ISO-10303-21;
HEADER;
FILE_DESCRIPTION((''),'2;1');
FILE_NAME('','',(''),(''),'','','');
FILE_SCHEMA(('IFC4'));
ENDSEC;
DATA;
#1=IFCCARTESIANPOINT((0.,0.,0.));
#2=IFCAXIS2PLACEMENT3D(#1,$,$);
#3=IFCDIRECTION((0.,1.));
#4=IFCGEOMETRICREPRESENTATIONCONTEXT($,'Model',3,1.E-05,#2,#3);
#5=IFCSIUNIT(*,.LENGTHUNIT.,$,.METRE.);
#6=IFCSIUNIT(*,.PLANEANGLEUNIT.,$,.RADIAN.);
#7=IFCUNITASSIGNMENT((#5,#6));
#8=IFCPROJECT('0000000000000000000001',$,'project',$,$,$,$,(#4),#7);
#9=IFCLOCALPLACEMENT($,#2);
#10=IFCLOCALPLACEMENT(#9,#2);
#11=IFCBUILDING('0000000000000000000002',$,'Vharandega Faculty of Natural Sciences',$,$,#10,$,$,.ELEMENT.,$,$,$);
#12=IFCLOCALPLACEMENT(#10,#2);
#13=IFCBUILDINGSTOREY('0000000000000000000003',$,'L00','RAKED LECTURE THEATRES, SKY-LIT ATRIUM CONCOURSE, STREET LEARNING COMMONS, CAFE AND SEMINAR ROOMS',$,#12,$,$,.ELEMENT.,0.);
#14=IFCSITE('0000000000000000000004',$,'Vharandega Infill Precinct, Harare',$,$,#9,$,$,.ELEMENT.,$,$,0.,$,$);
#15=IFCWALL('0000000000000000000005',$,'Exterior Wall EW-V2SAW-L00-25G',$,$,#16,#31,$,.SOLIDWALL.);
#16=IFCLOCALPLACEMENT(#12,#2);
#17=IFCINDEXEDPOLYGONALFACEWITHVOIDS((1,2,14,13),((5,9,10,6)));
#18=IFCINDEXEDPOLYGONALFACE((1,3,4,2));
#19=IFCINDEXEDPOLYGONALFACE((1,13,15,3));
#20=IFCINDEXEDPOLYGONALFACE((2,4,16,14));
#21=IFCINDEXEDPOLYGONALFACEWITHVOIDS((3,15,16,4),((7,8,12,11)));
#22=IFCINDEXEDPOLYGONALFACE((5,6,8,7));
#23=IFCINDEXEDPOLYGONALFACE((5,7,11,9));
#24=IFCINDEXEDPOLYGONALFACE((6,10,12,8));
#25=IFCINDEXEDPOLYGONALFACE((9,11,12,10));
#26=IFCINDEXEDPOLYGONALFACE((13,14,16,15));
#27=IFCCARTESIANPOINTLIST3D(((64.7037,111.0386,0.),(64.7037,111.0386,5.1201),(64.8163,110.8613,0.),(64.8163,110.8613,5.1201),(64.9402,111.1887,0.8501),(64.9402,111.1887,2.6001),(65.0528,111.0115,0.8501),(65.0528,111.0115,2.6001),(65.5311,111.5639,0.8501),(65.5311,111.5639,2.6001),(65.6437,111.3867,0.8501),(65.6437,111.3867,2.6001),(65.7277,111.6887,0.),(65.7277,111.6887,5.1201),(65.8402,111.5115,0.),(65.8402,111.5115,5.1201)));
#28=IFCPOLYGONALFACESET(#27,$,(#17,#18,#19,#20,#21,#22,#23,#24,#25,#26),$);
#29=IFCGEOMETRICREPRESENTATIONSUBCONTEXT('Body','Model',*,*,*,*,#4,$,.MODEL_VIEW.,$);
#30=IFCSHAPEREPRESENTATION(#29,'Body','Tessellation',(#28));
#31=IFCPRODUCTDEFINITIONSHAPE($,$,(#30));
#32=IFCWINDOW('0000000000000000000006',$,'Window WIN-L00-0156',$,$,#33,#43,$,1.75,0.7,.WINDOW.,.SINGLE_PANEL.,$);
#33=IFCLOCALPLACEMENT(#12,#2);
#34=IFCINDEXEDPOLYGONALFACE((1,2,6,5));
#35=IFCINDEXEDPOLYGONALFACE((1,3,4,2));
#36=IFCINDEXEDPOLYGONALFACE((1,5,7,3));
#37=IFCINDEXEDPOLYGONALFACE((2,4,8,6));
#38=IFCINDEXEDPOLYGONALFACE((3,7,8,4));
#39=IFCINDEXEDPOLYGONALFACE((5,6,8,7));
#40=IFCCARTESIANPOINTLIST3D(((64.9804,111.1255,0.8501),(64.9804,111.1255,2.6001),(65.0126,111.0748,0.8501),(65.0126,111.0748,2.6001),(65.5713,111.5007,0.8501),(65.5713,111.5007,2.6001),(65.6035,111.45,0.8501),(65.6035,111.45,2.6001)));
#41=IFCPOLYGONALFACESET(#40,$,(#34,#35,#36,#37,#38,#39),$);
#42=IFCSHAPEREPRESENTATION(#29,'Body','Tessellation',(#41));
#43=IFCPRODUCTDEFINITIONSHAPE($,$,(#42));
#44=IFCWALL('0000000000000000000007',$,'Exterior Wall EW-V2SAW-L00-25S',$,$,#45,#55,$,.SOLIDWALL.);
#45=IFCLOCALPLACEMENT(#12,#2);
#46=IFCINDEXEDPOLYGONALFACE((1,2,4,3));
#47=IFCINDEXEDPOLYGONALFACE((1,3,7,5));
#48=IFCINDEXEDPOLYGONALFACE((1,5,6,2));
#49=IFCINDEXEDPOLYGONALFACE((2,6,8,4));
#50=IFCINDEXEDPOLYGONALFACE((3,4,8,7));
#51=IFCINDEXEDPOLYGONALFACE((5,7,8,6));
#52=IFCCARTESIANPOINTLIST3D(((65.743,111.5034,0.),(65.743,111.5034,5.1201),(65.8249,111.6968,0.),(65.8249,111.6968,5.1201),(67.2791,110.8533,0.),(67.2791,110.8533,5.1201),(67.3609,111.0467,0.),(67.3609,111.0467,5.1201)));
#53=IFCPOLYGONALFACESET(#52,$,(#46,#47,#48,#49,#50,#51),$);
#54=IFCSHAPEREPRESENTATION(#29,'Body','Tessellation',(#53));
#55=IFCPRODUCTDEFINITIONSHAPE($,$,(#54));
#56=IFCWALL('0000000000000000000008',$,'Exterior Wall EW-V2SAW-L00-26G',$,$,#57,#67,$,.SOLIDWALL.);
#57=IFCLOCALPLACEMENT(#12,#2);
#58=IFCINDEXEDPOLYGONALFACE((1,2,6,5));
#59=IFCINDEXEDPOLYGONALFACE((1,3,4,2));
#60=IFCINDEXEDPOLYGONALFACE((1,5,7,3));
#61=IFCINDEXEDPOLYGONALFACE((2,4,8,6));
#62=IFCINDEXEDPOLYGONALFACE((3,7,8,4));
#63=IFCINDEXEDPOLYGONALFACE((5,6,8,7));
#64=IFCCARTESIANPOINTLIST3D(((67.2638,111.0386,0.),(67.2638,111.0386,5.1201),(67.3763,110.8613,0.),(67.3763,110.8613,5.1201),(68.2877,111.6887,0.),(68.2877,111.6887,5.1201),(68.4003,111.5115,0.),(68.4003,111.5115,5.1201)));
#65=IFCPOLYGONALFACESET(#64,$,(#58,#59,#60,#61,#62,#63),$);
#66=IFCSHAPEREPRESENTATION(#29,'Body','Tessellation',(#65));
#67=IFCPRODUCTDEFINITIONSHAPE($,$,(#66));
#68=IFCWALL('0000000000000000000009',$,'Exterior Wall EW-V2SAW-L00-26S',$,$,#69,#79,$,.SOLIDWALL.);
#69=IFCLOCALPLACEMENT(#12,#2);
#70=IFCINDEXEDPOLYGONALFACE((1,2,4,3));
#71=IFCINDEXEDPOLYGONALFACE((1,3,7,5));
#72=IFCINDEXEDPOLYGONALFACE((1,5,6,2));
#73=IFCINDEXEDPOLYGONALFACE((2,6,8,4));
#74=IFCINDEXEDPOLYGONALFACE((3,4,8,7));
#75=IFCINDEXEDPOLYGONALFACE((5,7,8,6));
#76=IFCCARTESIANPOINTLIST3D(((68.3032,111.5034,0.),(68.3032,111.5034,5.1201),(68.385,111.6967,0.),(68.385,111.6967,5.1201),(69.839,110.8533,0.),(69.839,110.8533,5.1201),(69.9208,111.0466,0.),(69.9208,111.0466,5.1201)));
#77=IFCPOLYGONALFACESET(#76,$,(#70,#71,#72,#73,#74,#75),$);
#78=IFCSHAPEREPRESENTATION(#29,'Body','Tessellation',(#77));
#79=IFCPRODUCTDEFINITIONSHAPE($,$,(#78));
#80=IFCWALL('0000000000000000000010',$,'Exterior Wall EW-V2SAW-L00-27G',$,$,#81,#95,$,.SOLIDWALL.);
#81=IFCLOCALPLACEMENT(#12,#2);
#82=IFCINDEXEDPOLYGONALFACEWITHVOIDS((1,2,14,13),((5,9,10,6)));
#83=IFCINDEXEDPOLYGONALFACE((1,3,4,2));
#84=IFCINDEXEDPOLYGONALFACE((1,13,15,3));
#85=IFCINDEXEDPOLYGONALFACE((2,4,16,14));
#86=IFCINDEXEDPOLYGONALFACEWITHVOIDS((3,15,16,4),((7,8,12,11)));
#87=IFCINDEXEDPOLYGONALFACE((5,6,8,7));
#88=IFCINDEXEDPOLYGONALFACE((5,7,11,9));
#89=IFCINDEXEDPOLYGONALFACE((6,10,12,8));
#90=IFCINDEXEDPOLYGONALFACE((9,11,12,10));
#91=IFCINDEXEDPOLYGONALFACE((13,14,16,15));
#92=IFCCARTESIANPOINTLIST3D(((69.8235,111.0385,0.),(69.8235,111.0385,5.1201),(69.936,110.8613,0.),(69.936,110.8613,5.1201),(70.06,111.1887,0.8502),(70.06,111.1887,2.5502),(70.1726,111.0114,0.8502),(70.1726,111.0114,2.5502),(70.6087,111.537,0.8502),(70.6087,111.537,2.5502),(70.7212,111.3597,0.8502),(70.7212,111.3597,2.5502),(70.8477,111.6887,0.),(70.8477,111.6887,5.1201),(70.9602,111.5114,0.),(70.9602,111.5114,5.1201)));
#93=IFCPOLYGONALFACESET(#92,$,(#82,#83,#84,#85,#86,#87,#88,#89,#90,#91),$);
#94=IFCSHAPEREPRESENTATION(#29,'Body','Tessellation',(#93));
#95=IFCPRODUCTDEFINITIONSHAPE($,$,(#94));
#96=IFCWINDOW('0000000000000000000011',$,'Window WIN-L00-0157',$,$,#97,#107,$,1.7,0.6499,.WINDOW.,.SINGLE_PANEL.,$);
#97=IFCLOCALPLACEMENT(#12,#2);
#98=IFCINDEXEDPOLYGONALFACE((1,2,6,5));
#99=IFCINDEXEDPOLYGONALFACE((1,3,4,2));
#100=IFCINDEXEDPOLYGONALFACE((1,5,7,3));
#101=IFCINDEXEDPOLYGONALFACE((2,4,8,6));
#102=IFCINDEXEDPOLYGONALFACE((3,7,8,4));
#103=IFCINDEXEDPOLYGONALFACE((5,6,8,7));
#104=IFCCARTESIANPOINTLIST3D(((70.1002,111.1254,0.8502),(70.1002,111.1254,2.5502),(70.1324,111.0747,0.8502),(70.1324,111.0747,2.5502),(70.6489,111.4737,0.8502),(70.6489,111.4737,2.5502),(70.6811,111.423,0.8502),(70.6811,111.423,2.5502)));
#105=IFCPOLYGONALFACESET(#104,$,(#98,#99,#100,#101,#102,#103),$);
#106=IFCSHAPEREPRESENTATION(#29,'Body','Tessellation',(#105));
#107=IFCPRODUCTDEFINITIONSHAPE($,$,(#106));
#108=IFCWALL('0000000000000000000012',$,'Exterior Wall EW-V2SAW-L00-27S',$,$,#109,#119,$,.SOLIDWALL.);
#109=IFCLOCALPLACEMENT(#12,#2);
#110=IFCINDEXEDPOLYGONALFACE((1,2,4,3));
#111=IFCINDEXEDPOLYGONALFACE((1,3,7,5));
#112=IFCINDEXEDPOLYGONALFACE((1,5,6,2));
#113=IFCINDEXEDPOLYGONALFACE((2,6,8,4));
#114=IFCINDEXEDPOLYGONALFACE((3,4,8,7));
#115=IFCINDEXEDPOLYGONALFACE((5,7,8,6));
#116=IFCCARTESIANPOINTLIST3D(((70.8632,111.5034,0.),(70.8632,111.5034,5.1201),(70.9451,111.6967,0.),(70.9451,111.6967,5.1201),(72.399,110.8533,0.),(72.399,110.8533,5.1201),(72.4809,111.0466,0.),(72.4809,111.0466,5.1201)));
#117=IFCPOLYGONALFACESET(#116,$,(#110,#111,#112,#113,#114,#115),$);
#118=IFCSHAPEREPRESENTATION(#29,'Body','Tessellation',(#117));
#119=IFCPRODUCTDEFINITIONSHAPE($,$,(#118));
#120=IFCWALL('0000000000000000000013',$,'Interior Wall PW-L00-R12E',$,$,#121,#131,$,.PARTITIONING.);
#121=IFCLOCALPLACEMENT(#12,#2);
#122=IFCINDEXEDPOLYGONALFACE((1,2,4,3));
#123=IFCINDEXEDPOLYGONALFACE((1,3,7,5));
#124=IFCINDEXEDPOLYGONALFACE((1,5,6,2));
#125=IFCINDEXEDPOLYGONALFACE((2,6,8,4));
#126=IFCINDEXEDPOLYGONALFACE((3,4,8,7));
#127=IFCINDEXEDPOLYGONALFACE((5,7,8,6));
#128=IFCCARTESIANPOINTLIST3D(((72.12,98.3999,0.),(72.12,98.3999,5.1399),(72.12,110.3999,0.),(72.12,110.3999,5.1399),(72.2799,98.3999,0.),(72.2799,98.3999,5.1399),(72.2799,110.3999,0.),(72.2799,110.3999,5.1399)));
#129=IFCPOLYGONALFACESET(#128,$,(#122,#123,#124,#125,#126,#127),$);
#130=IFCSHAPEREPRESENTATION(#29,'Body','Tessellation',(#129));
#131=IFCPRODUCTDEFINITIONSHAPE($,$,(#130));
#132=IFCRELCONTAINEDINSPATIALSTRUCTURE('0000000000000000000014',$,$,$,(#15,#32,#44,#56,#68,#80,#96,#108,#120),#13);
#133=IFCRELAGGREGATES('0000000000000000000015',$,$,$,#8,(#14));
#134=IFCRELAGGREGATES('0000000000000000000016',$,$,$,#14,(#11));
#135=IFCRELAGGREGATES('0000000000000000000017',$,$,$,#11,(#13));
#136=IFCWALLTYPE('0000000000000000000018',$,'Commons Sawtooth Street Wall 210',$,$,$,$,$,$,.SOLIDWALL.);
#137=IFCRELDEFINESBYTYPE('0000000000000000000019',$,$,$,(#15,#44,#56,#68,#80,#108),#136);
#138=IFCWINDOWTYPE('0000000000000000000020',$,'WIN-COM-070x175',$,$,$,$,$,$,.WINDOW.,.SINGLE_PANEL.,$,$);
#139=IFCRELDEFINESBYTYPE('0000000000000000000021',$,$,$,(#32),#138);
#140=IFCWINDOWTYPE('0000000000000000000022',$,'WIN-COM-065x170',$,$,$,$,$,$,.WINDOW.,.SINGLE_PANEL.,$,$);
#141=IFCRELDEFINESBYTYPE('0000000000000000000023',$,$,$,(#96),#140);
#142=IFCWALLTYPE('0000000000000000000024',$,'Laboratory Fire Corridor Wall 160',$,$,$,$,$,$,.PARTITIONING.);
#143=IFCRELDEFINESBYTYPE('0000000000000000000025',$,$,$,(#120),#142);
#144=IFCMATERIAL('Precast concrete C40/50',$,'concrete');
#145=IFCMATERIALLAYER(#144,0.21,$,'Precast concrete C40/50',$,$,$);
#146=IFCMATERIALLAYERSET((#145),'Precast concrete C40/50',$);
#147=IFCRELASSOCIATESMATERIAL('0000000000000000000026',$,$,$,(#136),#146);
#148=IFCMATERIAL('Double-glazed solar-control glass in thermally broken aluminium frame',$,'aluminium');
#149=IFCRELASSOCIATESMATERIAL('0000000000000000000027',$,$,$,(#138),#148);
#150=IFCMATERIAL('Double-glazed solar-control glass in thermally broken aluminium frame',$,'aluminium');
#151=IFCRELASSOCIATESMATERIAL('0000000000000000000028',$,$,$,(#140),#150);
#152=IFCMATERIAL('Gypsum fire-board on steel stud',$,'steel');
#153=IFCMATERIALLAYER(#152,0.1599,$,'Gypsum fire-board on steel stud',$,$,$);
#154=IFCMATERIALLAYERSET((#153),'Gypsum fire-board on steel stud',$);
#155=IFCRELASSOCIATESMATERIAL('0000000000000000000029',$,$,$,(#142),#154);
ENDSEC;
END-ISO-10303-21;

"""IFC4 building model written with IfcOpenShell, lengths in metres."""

from ifc_helpers import new_model, si_unit, direction, frame, frame_2d, origin, place, context, subcontext, project, spatial, rectangle, extrude, material, layer, layer_set, type_object, element, fill, save


model = new_model("IFC4")

# Units and contexts
model_context = context("Model", 3, precision=1e-05, world=origin(), true_north=direction((0.0, 1.0)))
body_context = subcontext(model_context, "Body", "Model", "MODEL_VIEW")
ifc_project = project(units=[si_unit("LENGTHUNIT", "METRE"), si_unit("PLANEANGLEUNIT", "RADIAN")], contexts=[model_context])

# Site, building, storey
site_placement = place(None, origin())
site = spatial("IfcSite", under=ifc_project, at=site_placement, Name="Vharandega Infill Precinct, Harare", CompositionType="ELEMENT", RefElevation=0.0)
building_placement = place(site_placement, origin())
building = spatial("IfcBuilding", under=site, at=building_placement, Name="Vharandega Faculty of Natural Sciences", CompositionType="ELEMENT")
storey_placement = place(building_placement, origin())
storey = spatial("IfcBuildingStorey", under=building, at=storey_placement, Name="L00", Description="RAKED LECTURE THEATRES, SKY-LIT ATRIUM CONCOURSE, STREET LEARNING COMMONS, CAFE AND SEMINAR ROOMS", CompositionType="ELEMENT", Elevation=0.0)

# Shared definitions
ifc_material_1 = material(Name="Precast concrete C40/50", Category="concrete")
ifc_layer_1 = layer(ifc_material_1, 0.21, Name="Precast concrete C40/50")
ifc_layer_set_1 = layer_set([ifc_layer_1], Name="Precast concrete C40/50")
wall_type_1 = type_object("IfcWallType", Name="Commons Sawtooth Street Wall 210", PredefinedType="SOLIDWALL", material=ifc_layer_set_1)

# Wall, opening, window
wall_1_placement = place(storey_placement, frame((64.76, 110.95, 0.0), z_axis=(0.0, 0.0, 1.0), x_axis=(0.8442, 0.536029, 0.0)))
wall_1 = element("IfcWall", 1, at=wall_1_placement, inside=storey, type_object=wall_type_1, Name="Exterior Wall EW-V2SAW-L00-25G", PredefinedType="SOLIDWALL", context=body_context, shape_type="SweptSolid", body=[
    extrude(rectangle(XDim=1.2129, YDim=0.21, at=frame_2d((0.6064, 0.0))), origin(), (0.0, 0.0, 1.0), 5.1201),
])
opening_1_placement = place(wall_1_placement, frame((0.28, 0.0, 0.8501)))
opening_1 = element("IfcOpeningElement", 2, at=opening_1_placement, cuts=wall_1, PredefinedType="OPENING", context=body_context, shape_type="SweptSolid", body=[
    extrude(rectangle(XDim=0.7, YDim=1.75, at=frame_2d((0.3501, 0.875))), frame((0.0, 0.115, 0.0), z_axis=(0.0, -1.0, 0.0), x_axis=(1.0, 0.0, 0.0)), (0.0, 0.0, 1.0), 0.23),
])
ifc_material_2 = material(Name="Double-glazed solar-control glass in thermally broken aluminium frame", Category="aluminium")
window_type_1 = type_object("IfcWindowType", Name="WIN-COM-070x175", PartitioningType="SINGLE_PANEL", PredefinedType="WINDOW", material=ifc_material_2)
window_1_placement = place(opening_1_placement, origin())
window_1 = element("IfcWindow", 3, at=window_1_placement, inside=storey, type_object=window_type_1, Name="Window WIN-L00-0156", OverallHeight=1.75, OverallWidth=0.7, PartitioningType="SINGLE_PANEL", PredefinedType="WINDOW", context=body_context, shape_type="SweptSolid", body=[
    extrude(rectangle(XDim=0.7, YDim=1.75, at=frame_2d((0.3501, 0.875))), frame((0.0, 0.03, 0.0), z_axis=(0.0, -1.0, 0.0), x_axis=(1.0, 0.0, 0.0)), (0.0, 0.0, 1.0), 0.0601),
])
fill(opening_1, window_1)

# Walls
wall_2_placement = place(storey_placement, frame((65.7839, 111.6001, 0.0), z_axis=(0.0, 0.0, 1.0), x_axis=(0.920915, -0.389764, 0.0)))
element("IfcWall", 4, at=wall_2_placement, inside=storey, type_object=wall_type_1, Name="Exterior Wall EW-V2SAW-L00-25S", PredefinedType="SOLIDWALL", context=body_context, shape_type="SweptSolid", body=[
    extrude(rectangle(XDim=1.668, YDim=0.21, at=frame_2d((0.834, 0.0))), origin(), (0.0, 0.0, 1.0), 5.1201),
])
wall_3_placement = place(storey_placement, frame((67.3201, 110.95, 0.0), z_axis=(0.0, 0.0, 1.0), x_axis=(0.8442, 0.536029, 0.0)))
element("IfcWall", 5, at=wall_3_placement, inside=storey, type_object=wall_type_1, Name="Exterior Wall EW-V2SAW-L00-26G", PredefinedType="SOLIDWALL", context=body_context, shape_type="SweptSolid", body=[
    extrude(rectangle(XDim=1.2129, YDim=0.21, at=frame_2d((0.6064, 0.0))), origin(), (0.0, 0.0, 1.0), 5.1201),
])
wall_4_placement = place(storey_placement, frame((68.344, 111.6001, 0.0), z_axis=(0.0, 0.0, 1.0), x_axis=(0.920892, -0.389817, 0.0)))
element("IfcWall", 6, at=wall_4_placement, inside=storey, type_object=wall_type_1, Name="Exterior Wall EW-V2SAW-L00-26S", PredefinedType="SOLIDWALL", context=body_context, shape_type="SweptSolid", body=[
    extrude(rectangle(XDim=1.6677, YDim=0.21, at=frame_2d((0.834, 0.0))), origin(), (0.0, 0.0, 1.0), 5.1201),
])

# Wall, opening, window
wall_5_placement = place(storey_placement, frame((69.8799, 110.95, 0.0), z_axis=(0.0, 0.0, 1.0), x_axis=(0.844258, 0.535938, 0.0)))
wall_5 = element("IfcWall", 7, at=wall_5_placement, inside=storey, type_object=wall_type_1, Name="Exterior Wall EW-V2SAW-L00-27G", PredefinedType="SOLIDWALL", context=body_context, shape_type="SweptSolid", body=[
    extrude(rectangle(XDim=1.2131, YDim=0.21, at=frame_2d((0.6064, 0.0))), origin(), (0.0, 0.0, 1.0), 5.1201),
])
opening_2_placement = place(wall_5_placement, frame((0.28, 0.0, 0.8501)))
opening_2 = element("IfcOpeningElement", 8, at=opening_2_placement, cuts=wall_5, PredefinedType="OPENING", context=body_context, shape_type="SweptSolid", body=[
    extrude(rectangle(XDim=0.6499, YDim=1.7, at=frame_2d((0.325, 0.8501))), frame((0.0, 0.115, 0.0), z_axis=(0.0, -1.0, 0.0), x_axis=(1.0, 0.0, 0.0)), (0.0, 0.0, 1.0), 0.23),
])
ifc_material_3 = material(Name="Double-glazed solar-control glass in thermally broken aluminium frame", Category="aluminium")
window_type_2 = type_object("IfcWindowType", Name="WIN-COM-065x170", PartitioningType="SINGLE_PANEL", PredefinedType="WINDOW", material=ifc_material_3)
window_2_placement = place(opening_2_placement, origin())
window_2 = element("IfcWindow", 9, at=window_2_placement, inside=storey, type_object=window_type_2, Name="Window WIN-L00-0157", OverallHeight=1.7, OverallWidth=0.6499, PartitioningType="SINGLE_PANEL", PredefinedType="WINDOW", context=body_context, shape_type="SweptSolid", body=[
    extrude(rectangle(XDim=0.6499, YDim=1.7, at=frame_2d((0.325, 0.8501))), frame((0.0, 0.03, 0.0), z_axis=(0.0, -1.0, 0.0), x_axis=(1.0, 0.0, 0.0)), (0.0, 0.0, 1.0), 0.0601),
])
fill(opening_2, window_2)

# Walls
wall_6_placement = place(storey_placement, frame((70.9041, 111.6001, 0.0), z_axis=(0.0, 0.0, 1.0), x_axis=(0.920892, -0.389817, 0.0)))
element("IfcWall", 10, at=wall_6_placement, inside=storey, type_object=wall_type_1, Name="Exterior Wall EW-V2SAW-L00-27S", PredefinedType="SOLIDWALL", context=body_context, shape_type="SweptSolid", body=[
    extrude(rectangle(XDim=1.6677, YDim=0.21, at=frame_2d((0.834, 0.0))), origin(), (0.0, 0.0, 1.0), 5.1201),
])
ifc_material_4 = material(Name="Gypsum fire-board on steel stud", Category="steel")
ifc_layer_2 = layer(ifc_material_4, 0.1599, Name="Gypsum fire-board on steel stud")
ifc_layer_set_2 = layer_set([ifc_layer_2], Name="Gypsum fire-board on steel stud")
wall_type_2 = type_object("IfcWallType", Name="Laboratory Fire Corridor Wall 160", PredefinedType="PARTITIONING", material=ifc_layer_set_2)
wall_7_placement = place(storey_placement, frame((72.2, 98.3999, 0.0), z_axis=(0.0, 0.0, 1.0), x_axis=(0.0, 1.0, 0.0)))
element("IfcWall", 11, at=wall_7_placement, inside=storey, type_object=wall_type_2, Name="Interior Wall PW-L00-R12E", PredefinedType="PARTITIONING", context=body_context, shape_type="SweptSolid", body=[
    extrude(rectangle(XDim=12.0, YDim=0.1599, at=frame_2d((6.0, 0.0))), origin(), (0.0, 0.0, 1.0), 5.1399),
])

save(model, "model.ifc")
